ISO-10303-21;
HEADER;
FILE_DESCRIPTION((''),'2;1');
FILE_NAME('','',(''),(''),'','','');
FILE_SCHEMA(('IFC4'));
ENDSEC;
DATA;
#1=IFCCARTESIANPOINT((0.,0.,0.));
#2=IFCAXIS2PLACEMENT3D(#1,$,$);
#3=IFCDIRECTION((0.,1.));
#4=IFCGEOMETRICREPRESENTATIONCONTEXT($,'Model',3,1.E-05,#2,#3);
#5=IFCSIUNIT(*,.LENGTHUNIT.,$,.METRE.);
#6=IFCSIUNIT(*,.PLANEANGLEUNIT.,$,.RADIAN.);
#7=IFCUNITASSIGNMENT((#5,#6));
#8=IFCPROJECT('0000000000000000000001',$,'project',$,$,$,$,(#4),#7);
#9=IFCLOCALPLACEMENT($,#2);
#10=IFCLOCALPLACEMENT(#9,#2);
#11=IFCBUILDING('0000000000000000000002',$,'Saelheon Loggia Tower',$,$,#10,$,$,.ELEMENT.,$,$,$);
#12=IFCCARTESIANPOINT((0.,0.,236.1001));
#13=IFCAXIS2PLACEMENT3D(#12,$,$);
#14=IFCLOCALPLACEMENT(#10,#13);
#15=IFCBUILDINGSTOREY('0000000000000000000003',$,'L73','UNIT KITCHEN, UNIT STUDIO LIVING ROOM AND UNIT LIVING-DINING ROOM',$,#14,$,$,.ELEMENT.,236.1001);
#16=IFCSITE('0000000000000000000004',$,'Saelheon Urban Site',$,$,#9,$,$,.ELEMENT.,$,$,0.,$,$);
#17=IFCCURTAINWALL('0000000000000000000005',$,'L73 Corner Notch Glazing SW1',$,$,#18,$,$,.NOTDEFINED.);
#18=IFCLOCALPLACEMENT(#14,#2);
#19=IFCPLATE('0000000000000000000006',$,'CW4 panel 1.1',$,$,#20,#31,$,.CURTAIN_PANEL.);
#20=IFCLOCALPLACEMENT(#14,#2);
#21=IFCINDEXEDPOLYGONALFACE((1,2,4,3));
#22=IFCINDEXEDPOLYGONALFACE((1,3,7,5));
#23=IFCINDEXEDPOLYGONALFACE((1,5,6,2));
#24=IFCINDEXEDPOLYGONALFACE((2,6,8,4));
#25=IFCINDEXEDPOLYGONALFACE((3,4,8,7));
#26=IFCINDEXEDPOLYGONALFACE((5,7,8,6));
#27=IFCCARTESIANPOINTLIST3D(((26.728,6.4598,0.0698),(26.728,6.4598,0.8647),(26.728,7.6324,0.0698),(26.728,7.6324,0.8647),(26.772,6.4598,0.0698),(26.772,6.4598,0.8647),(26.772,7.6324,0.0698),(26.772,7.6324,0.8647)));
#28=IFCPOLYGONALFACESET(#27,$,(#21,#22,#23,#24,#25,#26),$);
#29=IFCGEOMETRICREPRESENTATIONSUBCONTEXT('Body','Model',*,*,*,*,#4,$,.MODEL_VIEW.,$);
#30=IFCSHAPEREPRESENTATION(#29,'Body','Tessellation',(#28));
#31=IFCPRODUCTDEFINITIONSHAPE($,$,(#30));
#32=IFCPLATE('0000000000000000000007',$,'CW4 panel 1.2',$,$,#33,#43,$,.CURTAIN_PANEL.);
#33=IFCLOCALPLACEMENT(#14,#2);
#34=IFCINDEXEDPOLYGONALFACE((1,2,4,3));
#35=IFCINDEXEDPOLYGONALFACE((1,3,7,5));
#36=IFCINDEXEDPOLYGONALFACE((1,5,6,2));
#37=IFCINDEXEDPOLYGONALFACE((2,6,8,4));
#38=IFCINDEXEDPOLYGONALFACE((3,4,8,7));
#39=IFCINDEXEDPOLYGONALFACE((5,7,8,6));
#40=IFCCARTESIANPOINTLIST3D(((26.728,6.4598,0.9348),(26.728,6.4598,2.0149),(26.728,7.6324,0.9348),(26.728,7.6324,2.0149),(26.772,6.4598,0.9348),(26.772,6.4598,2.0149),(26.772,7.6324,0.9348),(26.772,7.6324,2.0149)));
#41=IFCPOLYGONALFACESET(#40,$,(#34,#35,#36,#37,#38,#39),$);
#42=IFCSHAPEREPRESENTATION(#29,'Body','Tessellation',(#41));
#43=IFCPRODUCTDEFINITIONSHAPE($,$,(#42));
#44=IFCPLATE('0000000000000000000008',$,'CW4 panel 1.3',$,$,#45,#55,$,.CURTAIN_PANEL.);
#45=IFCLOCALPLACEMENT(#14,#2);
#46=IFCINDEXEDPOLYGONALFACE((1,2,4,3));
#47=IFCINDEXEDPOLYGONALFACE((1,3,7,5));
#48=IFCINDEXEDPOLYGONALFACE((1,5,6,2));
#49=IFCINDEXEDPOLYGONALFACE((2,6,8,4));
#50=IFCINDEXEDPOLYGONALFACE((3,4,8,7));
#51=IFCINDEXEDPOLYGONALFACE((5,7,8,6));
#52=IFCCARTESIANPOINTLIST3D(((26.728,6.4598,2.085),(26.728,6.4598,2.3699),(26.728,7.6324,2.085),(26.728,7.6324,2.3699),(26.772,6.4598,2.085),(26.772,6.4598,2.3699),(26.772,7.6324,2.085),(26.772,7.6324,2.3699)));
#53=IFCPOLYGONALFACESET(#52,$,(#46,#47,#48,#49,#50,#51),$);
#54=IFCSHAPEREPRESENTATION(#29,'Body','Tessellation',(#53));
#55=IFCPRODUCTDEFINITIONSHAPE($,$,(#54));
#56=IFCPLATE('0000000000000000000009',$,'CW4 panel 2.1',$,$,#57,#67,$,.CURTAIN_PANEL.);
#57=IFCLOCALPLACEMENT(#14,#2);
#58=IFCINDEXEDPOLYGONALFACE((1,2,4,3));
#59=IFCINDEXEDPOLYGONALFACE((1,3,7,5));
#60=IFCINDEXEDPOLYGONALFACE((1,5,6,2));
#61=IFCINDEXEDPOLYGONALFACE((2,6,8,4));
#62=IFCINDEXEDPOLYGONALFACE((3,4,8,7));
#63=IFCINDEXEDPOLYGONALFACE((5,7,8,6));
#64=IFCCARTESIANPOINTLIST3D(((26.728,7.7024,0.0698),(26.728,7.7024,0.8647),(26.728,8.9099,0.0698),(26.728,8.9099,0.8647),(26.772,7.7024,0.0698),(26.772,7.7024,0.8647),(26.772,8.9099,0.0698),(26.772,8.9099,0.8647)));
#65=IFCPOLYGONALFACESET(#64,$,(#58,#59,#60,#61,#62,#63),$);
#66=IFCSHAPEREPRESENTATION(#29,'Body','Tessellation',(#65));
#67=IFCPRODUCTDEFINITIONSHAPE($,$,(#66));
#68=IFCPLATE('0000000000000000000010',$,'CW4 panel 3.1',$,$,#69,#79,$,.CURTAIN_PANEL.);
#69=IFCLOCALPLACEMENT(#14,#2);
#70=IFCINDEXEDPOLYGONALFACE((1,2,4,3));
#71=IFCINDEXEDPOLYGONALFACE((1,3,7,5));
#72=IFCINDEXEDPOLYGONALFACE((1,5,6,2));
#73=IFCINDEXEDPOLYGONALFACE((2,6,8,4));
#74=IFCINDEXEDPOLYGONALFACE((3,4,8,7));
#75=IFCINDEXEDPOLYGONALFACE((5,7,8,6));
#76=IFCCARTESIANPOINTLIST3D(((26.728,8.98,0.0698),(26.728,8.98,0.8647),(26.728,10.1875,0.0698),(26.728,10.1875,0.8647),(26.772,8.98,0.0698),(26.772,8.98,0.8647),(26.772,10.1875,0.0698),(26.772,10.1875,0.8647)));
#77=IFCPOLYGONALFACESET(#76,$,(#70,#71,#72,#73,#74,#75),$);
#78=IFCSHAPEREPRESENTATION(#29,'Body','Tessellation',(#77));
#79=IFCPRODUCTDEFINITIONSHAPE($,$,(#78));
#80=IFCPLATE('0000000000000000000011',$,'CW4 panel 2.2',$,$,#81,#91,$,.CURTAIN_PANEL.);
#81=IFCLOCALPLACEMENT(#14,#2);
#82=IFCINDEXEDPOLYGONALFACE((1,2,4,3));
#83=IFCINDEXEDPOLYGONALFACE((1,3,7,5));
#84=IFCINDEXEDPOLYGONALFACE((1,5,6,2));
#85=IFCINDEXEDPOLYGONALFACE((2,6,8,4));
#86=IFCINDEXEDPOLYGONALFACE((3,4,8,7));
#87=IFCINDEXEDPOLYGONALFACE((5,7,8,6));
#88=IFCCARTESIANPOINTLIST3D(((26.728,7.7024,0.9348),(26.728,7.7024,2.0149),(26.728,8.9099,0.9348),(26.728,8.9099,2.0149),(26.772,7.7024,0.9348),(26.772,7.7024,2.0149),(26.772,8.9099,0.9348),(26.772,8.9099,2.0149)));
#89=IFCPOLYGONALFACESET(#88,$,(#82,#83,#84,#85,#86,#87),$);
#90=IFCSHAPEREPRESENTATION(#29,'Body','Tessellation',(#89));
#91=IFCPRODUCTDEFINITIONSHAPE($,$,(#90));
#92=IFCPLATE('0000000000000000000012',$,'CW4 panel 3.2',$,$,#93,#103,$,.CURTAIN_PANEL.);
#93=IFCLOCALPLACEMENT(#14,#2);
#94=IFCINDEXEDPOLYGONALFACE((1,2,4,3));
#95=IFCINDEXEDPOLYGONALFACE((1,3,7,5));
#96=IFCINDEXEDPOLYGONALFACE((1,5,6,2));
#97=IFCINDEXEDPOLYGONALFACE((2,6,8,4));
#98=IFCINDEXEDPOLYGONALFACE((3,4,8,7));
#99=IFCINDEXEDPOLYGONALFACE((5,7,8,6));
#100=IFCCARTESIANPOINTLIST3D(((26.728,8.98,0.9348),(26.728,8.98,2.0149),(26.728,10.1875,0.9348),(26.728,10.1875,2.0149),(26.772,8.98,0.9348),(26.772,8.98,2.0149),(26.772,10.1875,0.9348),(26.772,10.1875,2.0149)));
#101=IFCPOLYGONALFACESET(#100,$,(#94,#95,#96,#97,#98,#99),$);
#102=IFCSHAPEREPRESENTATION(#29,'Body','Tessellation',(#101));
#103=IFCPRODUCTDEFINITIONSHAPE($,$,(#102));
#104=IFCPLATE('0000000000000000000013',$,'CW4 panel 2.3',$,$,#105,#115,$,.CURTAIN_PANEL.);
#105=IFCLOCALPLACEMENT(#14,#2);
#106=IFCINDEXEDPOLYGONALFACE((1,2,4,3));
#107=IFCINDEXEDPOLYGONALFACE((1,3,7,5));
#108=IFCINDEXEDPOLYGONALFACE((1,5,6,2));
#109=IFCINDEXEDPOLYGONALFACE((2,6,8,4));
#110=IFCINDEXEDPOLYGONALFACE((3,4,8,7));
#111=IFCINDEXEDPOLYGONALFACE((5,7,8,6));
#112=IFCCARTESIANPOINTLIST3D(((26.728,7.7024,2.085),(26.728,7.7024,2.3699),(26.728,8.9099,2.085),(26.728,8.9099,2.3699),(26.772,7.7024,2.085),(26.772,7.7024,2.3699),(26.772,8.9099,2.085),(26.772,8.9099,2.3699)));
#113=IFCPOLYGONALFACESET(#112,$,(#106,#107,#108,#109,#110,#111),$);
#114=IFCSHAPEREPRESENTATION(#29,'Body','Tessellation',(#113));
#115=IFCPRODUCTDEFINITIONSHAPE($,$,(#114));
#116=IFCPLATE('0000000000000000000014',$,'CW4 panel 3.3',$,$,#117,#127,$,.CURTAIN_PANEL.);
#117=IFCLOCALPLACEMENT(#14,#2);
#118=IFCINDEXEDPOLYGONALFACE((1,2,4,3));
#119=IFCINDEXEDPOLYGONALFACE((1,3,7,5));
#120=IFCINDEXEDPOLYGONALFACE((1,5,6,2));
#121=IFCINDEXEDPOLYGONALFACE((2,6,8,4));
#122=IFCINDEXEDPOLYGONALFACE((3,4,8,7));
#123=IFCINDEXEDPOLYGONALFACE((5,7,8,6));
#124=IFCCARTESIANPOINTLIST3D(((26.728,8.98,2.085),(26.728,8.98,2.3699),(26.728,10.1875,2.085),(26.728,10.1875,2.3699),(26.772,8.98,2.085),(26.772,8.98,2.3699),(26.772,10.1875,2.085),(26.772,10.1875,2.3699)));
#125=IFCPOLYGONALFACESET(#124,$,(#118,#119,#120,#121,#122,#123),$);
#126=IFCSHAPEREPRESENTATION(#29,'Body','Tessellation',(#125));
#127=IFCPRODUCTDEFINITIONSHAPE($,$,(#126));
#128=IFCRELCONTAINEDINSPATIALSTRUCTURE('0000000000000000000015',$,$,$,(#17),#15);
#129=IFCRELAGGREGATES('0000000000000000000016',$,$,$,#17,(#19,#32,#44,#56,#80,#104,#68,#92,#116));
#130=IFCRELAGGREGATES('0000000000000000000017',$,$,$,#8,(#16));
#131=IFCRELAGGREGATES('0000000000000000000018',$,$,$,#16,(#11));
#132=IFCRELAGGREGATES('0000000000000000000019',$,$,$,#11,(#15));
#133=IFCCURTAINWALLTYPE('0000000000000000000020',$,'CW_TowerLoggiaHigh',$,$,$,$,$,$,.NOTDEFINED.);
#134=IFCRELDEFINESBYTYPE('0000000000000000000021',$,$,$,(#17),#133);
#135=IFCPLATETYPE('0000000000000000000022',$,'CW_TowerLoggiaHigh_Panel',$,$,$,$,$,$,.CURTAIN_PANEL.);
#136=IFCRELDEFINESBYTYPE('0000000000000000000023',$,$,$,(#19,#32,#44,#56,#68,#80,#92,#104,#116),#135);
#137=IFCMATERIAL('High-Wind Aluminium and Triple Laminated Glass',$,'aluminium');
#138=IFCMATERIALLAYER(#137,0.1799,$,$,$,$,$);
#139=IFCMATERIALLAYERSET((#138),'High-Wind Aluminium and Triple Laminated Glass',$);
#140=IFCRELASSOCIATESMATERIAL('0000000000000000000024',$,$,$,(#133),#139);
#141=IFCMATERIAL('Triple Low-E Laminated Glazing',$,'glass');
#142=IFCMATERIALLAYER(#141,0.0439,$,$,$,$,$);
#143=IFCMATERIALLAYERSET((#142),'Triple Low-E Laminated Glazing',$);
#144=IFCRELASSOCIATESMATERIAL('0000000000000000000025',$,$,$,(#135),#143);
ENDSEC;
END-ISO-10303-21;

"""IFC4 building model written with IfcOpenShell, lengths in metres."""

from ifc_helpers import new_model, si_unit, direction, frame, origin, origin_2d, place, context, subcontext, project, spatial, rectangle, extrude, source, transform, mapped, material, layer, layer_set, type_object, element, aggregate, save


model = new_model("IFC4")

# Units and contexts
model_context = context("Model", 3, precision=1e-05, world=origin(), true_north=direction((0.0, 1.0)))
body_context = subcontext(model_context, "Body", "Model", "MODEL_VIEW")
ifc_project = project(units=[si_unit("LENGTHUNIT", "METRE"), si_unit("PLANEANGLEUNIT", "RADIAN")], contexts=[model_context])

# Site, building, storey
site_placement = place(None, origin())
site = spatial("IfcSite", under=ifc_project, at=site_placement, Name="Saelheon Urban Site", CompositionType="ELEMENT", RefElevation=0.0)
building_placement = place(site_placement, origin())
building = spatial("IfcBuilding", under=site, at=building_placement, Name="Saelheon Loggia Tower", CompositionType="ELEMENT")
storey_placement = place(building_placement, frame((0.0, 0.0, 236.1001)))
storey = spatial("IfcBuildingStorey", under=building, at=storey_placement, Name="L73", Description="UNIT KITCHEN, UNIT STUDIO LIVING ROOM AND UNIT LIVING-DINING ROOM", CompositionType="ELEMENT", Elevation=236.1001)

# Curtain wall, plates
ifc_material_1 = material(Name="High-Wind Aluminium and Triple Laminated Glass", Category="aluminium")
ifc_layer_1 = layer(ifc_material_1, 0.1799)
ifc_layer_set_1 = layer_set([ifc_layer_1], Name="High-Wind Aluminium and Triple Laminated Glass")
curtain_wall_type = type_object("IfcCurtainWallType", Name="CW_TowerLoggiaHigh", PredefinedType="NOTDEFINED", material=ifc_layer_set_1)
curtain_wall_placement = place(storey_placement, origin())
curtain_wall = element("IfcCurtainWall", 1, at=curtain_wall_placement, inside=storey, type_object=curtain_wall_type, Name="L73 Corner Notch Glazing SW1", PredefinedType="NOTDEFINED")
ifc_material_2 = material(Name="Triple Low-E Laminated Glazing", Category="glass")
ifc_layer_2 = layer(ifc_material_2, 0.0439)
ifc_layer_set_2 = layer_set([ifc_layer_2], Name="Triple Low-E Laminated Glazing")
plate_type = type_object("IfcPlateType", Name="CW_TowerLoggiaHigh_Panel", PredefinedType="CURTAIN_PANEL", material=ifc_layer_set_2)
shared_shape_1 = source(origin(), body_context, "Body", "SweptSolid", [
    extrude(rectangle(XDim=1.1726, YDim=0.0439, at=origin_2d()), origin(), (0.0, 0.0, 1.0), 0.7949),
])
plate_1_placement = place(storey_placement, frame((26.75, 7.0461, 0.0698), z_axis=(0.0, 0.0, 1.0), x_axis=(0.0, 1.0, 0.0)))
plate_1 = element("IfcPlate", 2, at=plate_1_placement, type_object=plate_type, Name="CW4 panel 1.1", PredefinedType="CURTAIN_PANEL", context=body_context, shape_type="MappedRepresentation", body=[
    mapped(shared_shape_1, transform((0.0, 0.0, 0.0), scale=1.0)),
])
shared_shape_2 = source(origin(), body_context, "Body", "SweptSolid", [
    extrude(rectangle(XDim=1.1726, YDim=0.0439, at=origin_2d()), origin(), (0.0, 0.0, 1.0), 1.0801),
])
plate_2_placement = place(storey_placement, frame((26.75, 7.0461, 0.9348), z_axis=(0.0, 0.0, 1.0), x_axis=(0.0, 1.0, 0.0)))
plate_2 = element("IfcPlate", 3, at=plate_2_placement, type_object=plate_type, Name="CW4 panel 1.2", PredefinedType="CURTAIN_PANEL", context=body_context, shape_type="MappedRepresentation", body=[
    mapped(shared_shape_2, transform((0.0, 0.0, 0.0), scale=1.0)),
])
shared_shape_3 = source(origin(), body_context, "Body", "SweptSolid", [
    extrude(rectangle(XDim=1.1726, YDim=0.0439, at=origin_2d()), origin(), (0.0, 0.0, 1.0), 0.2849),
])
plate_3_placement = place(storey_placement, frame((26.75, 7.0461, 2.085), z_axis=(0.0, 0.0, 1.0), x_axis=(0.0, 1.0, 0.0)))
plate_3 = element("IfcPlate", 4, at=plate_3_placement, type_object=plate_type, Name="CW4 panel 1.3", PredefinedType="CURTAIN_PANEL", context=body_context, shape_type="MappedRepresentation", body=[
    mapped(shared_shape_3, transform((0.0, 0.0, 0.0), scale=1.0)),
])
shared_shape_4 = source(origin(), body_context, "Body", "SweptSolid", [
    extrude(rectangle(XDim=1.2075, YDim=0.0439, at=origin_2d()), origin(), (0.0, 0.0, 1.0), 0.7949),
])
plate_4_placement = place(storey_placement, frame((26.75, 8.3062, 0.0698), z_axis=(0.0, 0.0, 1.0), x_axis=(0.0, 1.0, 0.0)))
plate_4 = element("IfcPlate", 5, at=plate_4_placement, type_object=plate_type, Name="CW4 panel 2.1", PredefinedType="CURTAIN_PANEL", context=body_context, shape_type="MappedRepresentation", body=[
    mapped(shared_shape_4, transform((0.0, 0.0, 0.0), scale=1.0)),
])
plate_5_placement = place(storey_placement, frame((26.75, 9.5837, 0.0698), z_axis=(0.0, 0.0, 1.0), x_axis=(0.0, 1.0, 0.0)))
plate_5 = element("IfcPlate", 6, at=plate_5_placement, type_object=plate_type, Name="CW4 panel 3.1", PredefinedType="CURTAIN_PANEL", context=body_context, shape_type="MappedRepresentation", body=[
    mapped(shared_shape_4, transform((0.0, 0.0, 0.0), scale=1.0)),
])
shared_shape_5 = source(origin(), body_context, "Body", "SweptSolid", [
    extrude(rectangle(XDim=1.2075, YDim=0.0439, at=origin_2d()), origin(), (0.0, 0.0, 1.0), 1.0801),
])
plate_6_placement = place(storey_placement, frame((26.75, 8.3062, 0.9348), z_axis=(0.0, 0.0, 1.0), x_axis=(0.0, 1.0, 0.0)))
plate_6 = element("IfcPlate", 7, at=plate_6_placement, type_object=plate_type, Name="CW4 panel 2.2", PredefinedType="CURTAIN_PANEL", context=body_context, shape_type="MappedRepresentation", body=[
    mapped(shared_shape_5, transform((0.0, 0.0, 0.0), scale=1.0)),
])
plate_7_placement = place(storey_placement, frame((26.75, 9.5837, 0.9348), z_axis=(0.0, 0.0, 1.0), x_axis=(0.0, 1.0, 0.0)))
plate_7 = element("IfcPlate", 8, at=plate_7_placement, type_object=plate_type, Name="CW4 panel 3.2", PredefinedType="CURTAIN_PANEL", context=body_context, shape_type="MappedRepresentation", body=[
    mapped(shared_shape_5, transform((0.0, 0.0, 0.0), scale=1.0)),
])
shared_shape_6 = source(origin(), body_context, "Body", "SweptSolid", [
    extrude(rectangle(XDim=1.2075, YDim=0.0439, at=origin_2d()), origin(), (0.0, 0.0, 1.0), 0.2849),
])
plate_8_placement = place(storey_placement, frame((26.75, 8.3062, 2.085), z_axis=(0.0, 0.0, 1.0), x_axis=(0.0, 1.0, 0.0)))
plate_8 = element("IfcPlate", 9, at=plate_8_placement, type_object=plate_type, Name="CW4 panel 2.3", PredefinedType="CURTAIN_PANEL", context=body_context, shape_type="MappedRepresentation", body=[
    mapped(shared_shape_6, transform((0.0, 0.0, 0.0), scale=1.0)),
])
plate_9_placement = place(storey_placement, frame((26.75, 9.5837, 2.085), z_axis=(0.0, 0.0, 1.0), x_axis=(0.0, 1.0, 0.0)))
plate_9 = element("IfcPlate", 10, at=plate_9_placement, type_object=plate_type, Name="CW4 panel 3.3", PredefinedType="CURTAIN_PANEL", context=body_context, shape_type="MappedRepresentation", body=[
    mapped(shared_shape_6, transform((0.0, 0.0, 0.0), scale=1.0)),
])
aggregate(curtain_wall, [plate_1, plate_2, plate_3, plate_4, plate_6, plate_8, plate_5, plate_7, plate_9])

save(model, "model.ifc")
